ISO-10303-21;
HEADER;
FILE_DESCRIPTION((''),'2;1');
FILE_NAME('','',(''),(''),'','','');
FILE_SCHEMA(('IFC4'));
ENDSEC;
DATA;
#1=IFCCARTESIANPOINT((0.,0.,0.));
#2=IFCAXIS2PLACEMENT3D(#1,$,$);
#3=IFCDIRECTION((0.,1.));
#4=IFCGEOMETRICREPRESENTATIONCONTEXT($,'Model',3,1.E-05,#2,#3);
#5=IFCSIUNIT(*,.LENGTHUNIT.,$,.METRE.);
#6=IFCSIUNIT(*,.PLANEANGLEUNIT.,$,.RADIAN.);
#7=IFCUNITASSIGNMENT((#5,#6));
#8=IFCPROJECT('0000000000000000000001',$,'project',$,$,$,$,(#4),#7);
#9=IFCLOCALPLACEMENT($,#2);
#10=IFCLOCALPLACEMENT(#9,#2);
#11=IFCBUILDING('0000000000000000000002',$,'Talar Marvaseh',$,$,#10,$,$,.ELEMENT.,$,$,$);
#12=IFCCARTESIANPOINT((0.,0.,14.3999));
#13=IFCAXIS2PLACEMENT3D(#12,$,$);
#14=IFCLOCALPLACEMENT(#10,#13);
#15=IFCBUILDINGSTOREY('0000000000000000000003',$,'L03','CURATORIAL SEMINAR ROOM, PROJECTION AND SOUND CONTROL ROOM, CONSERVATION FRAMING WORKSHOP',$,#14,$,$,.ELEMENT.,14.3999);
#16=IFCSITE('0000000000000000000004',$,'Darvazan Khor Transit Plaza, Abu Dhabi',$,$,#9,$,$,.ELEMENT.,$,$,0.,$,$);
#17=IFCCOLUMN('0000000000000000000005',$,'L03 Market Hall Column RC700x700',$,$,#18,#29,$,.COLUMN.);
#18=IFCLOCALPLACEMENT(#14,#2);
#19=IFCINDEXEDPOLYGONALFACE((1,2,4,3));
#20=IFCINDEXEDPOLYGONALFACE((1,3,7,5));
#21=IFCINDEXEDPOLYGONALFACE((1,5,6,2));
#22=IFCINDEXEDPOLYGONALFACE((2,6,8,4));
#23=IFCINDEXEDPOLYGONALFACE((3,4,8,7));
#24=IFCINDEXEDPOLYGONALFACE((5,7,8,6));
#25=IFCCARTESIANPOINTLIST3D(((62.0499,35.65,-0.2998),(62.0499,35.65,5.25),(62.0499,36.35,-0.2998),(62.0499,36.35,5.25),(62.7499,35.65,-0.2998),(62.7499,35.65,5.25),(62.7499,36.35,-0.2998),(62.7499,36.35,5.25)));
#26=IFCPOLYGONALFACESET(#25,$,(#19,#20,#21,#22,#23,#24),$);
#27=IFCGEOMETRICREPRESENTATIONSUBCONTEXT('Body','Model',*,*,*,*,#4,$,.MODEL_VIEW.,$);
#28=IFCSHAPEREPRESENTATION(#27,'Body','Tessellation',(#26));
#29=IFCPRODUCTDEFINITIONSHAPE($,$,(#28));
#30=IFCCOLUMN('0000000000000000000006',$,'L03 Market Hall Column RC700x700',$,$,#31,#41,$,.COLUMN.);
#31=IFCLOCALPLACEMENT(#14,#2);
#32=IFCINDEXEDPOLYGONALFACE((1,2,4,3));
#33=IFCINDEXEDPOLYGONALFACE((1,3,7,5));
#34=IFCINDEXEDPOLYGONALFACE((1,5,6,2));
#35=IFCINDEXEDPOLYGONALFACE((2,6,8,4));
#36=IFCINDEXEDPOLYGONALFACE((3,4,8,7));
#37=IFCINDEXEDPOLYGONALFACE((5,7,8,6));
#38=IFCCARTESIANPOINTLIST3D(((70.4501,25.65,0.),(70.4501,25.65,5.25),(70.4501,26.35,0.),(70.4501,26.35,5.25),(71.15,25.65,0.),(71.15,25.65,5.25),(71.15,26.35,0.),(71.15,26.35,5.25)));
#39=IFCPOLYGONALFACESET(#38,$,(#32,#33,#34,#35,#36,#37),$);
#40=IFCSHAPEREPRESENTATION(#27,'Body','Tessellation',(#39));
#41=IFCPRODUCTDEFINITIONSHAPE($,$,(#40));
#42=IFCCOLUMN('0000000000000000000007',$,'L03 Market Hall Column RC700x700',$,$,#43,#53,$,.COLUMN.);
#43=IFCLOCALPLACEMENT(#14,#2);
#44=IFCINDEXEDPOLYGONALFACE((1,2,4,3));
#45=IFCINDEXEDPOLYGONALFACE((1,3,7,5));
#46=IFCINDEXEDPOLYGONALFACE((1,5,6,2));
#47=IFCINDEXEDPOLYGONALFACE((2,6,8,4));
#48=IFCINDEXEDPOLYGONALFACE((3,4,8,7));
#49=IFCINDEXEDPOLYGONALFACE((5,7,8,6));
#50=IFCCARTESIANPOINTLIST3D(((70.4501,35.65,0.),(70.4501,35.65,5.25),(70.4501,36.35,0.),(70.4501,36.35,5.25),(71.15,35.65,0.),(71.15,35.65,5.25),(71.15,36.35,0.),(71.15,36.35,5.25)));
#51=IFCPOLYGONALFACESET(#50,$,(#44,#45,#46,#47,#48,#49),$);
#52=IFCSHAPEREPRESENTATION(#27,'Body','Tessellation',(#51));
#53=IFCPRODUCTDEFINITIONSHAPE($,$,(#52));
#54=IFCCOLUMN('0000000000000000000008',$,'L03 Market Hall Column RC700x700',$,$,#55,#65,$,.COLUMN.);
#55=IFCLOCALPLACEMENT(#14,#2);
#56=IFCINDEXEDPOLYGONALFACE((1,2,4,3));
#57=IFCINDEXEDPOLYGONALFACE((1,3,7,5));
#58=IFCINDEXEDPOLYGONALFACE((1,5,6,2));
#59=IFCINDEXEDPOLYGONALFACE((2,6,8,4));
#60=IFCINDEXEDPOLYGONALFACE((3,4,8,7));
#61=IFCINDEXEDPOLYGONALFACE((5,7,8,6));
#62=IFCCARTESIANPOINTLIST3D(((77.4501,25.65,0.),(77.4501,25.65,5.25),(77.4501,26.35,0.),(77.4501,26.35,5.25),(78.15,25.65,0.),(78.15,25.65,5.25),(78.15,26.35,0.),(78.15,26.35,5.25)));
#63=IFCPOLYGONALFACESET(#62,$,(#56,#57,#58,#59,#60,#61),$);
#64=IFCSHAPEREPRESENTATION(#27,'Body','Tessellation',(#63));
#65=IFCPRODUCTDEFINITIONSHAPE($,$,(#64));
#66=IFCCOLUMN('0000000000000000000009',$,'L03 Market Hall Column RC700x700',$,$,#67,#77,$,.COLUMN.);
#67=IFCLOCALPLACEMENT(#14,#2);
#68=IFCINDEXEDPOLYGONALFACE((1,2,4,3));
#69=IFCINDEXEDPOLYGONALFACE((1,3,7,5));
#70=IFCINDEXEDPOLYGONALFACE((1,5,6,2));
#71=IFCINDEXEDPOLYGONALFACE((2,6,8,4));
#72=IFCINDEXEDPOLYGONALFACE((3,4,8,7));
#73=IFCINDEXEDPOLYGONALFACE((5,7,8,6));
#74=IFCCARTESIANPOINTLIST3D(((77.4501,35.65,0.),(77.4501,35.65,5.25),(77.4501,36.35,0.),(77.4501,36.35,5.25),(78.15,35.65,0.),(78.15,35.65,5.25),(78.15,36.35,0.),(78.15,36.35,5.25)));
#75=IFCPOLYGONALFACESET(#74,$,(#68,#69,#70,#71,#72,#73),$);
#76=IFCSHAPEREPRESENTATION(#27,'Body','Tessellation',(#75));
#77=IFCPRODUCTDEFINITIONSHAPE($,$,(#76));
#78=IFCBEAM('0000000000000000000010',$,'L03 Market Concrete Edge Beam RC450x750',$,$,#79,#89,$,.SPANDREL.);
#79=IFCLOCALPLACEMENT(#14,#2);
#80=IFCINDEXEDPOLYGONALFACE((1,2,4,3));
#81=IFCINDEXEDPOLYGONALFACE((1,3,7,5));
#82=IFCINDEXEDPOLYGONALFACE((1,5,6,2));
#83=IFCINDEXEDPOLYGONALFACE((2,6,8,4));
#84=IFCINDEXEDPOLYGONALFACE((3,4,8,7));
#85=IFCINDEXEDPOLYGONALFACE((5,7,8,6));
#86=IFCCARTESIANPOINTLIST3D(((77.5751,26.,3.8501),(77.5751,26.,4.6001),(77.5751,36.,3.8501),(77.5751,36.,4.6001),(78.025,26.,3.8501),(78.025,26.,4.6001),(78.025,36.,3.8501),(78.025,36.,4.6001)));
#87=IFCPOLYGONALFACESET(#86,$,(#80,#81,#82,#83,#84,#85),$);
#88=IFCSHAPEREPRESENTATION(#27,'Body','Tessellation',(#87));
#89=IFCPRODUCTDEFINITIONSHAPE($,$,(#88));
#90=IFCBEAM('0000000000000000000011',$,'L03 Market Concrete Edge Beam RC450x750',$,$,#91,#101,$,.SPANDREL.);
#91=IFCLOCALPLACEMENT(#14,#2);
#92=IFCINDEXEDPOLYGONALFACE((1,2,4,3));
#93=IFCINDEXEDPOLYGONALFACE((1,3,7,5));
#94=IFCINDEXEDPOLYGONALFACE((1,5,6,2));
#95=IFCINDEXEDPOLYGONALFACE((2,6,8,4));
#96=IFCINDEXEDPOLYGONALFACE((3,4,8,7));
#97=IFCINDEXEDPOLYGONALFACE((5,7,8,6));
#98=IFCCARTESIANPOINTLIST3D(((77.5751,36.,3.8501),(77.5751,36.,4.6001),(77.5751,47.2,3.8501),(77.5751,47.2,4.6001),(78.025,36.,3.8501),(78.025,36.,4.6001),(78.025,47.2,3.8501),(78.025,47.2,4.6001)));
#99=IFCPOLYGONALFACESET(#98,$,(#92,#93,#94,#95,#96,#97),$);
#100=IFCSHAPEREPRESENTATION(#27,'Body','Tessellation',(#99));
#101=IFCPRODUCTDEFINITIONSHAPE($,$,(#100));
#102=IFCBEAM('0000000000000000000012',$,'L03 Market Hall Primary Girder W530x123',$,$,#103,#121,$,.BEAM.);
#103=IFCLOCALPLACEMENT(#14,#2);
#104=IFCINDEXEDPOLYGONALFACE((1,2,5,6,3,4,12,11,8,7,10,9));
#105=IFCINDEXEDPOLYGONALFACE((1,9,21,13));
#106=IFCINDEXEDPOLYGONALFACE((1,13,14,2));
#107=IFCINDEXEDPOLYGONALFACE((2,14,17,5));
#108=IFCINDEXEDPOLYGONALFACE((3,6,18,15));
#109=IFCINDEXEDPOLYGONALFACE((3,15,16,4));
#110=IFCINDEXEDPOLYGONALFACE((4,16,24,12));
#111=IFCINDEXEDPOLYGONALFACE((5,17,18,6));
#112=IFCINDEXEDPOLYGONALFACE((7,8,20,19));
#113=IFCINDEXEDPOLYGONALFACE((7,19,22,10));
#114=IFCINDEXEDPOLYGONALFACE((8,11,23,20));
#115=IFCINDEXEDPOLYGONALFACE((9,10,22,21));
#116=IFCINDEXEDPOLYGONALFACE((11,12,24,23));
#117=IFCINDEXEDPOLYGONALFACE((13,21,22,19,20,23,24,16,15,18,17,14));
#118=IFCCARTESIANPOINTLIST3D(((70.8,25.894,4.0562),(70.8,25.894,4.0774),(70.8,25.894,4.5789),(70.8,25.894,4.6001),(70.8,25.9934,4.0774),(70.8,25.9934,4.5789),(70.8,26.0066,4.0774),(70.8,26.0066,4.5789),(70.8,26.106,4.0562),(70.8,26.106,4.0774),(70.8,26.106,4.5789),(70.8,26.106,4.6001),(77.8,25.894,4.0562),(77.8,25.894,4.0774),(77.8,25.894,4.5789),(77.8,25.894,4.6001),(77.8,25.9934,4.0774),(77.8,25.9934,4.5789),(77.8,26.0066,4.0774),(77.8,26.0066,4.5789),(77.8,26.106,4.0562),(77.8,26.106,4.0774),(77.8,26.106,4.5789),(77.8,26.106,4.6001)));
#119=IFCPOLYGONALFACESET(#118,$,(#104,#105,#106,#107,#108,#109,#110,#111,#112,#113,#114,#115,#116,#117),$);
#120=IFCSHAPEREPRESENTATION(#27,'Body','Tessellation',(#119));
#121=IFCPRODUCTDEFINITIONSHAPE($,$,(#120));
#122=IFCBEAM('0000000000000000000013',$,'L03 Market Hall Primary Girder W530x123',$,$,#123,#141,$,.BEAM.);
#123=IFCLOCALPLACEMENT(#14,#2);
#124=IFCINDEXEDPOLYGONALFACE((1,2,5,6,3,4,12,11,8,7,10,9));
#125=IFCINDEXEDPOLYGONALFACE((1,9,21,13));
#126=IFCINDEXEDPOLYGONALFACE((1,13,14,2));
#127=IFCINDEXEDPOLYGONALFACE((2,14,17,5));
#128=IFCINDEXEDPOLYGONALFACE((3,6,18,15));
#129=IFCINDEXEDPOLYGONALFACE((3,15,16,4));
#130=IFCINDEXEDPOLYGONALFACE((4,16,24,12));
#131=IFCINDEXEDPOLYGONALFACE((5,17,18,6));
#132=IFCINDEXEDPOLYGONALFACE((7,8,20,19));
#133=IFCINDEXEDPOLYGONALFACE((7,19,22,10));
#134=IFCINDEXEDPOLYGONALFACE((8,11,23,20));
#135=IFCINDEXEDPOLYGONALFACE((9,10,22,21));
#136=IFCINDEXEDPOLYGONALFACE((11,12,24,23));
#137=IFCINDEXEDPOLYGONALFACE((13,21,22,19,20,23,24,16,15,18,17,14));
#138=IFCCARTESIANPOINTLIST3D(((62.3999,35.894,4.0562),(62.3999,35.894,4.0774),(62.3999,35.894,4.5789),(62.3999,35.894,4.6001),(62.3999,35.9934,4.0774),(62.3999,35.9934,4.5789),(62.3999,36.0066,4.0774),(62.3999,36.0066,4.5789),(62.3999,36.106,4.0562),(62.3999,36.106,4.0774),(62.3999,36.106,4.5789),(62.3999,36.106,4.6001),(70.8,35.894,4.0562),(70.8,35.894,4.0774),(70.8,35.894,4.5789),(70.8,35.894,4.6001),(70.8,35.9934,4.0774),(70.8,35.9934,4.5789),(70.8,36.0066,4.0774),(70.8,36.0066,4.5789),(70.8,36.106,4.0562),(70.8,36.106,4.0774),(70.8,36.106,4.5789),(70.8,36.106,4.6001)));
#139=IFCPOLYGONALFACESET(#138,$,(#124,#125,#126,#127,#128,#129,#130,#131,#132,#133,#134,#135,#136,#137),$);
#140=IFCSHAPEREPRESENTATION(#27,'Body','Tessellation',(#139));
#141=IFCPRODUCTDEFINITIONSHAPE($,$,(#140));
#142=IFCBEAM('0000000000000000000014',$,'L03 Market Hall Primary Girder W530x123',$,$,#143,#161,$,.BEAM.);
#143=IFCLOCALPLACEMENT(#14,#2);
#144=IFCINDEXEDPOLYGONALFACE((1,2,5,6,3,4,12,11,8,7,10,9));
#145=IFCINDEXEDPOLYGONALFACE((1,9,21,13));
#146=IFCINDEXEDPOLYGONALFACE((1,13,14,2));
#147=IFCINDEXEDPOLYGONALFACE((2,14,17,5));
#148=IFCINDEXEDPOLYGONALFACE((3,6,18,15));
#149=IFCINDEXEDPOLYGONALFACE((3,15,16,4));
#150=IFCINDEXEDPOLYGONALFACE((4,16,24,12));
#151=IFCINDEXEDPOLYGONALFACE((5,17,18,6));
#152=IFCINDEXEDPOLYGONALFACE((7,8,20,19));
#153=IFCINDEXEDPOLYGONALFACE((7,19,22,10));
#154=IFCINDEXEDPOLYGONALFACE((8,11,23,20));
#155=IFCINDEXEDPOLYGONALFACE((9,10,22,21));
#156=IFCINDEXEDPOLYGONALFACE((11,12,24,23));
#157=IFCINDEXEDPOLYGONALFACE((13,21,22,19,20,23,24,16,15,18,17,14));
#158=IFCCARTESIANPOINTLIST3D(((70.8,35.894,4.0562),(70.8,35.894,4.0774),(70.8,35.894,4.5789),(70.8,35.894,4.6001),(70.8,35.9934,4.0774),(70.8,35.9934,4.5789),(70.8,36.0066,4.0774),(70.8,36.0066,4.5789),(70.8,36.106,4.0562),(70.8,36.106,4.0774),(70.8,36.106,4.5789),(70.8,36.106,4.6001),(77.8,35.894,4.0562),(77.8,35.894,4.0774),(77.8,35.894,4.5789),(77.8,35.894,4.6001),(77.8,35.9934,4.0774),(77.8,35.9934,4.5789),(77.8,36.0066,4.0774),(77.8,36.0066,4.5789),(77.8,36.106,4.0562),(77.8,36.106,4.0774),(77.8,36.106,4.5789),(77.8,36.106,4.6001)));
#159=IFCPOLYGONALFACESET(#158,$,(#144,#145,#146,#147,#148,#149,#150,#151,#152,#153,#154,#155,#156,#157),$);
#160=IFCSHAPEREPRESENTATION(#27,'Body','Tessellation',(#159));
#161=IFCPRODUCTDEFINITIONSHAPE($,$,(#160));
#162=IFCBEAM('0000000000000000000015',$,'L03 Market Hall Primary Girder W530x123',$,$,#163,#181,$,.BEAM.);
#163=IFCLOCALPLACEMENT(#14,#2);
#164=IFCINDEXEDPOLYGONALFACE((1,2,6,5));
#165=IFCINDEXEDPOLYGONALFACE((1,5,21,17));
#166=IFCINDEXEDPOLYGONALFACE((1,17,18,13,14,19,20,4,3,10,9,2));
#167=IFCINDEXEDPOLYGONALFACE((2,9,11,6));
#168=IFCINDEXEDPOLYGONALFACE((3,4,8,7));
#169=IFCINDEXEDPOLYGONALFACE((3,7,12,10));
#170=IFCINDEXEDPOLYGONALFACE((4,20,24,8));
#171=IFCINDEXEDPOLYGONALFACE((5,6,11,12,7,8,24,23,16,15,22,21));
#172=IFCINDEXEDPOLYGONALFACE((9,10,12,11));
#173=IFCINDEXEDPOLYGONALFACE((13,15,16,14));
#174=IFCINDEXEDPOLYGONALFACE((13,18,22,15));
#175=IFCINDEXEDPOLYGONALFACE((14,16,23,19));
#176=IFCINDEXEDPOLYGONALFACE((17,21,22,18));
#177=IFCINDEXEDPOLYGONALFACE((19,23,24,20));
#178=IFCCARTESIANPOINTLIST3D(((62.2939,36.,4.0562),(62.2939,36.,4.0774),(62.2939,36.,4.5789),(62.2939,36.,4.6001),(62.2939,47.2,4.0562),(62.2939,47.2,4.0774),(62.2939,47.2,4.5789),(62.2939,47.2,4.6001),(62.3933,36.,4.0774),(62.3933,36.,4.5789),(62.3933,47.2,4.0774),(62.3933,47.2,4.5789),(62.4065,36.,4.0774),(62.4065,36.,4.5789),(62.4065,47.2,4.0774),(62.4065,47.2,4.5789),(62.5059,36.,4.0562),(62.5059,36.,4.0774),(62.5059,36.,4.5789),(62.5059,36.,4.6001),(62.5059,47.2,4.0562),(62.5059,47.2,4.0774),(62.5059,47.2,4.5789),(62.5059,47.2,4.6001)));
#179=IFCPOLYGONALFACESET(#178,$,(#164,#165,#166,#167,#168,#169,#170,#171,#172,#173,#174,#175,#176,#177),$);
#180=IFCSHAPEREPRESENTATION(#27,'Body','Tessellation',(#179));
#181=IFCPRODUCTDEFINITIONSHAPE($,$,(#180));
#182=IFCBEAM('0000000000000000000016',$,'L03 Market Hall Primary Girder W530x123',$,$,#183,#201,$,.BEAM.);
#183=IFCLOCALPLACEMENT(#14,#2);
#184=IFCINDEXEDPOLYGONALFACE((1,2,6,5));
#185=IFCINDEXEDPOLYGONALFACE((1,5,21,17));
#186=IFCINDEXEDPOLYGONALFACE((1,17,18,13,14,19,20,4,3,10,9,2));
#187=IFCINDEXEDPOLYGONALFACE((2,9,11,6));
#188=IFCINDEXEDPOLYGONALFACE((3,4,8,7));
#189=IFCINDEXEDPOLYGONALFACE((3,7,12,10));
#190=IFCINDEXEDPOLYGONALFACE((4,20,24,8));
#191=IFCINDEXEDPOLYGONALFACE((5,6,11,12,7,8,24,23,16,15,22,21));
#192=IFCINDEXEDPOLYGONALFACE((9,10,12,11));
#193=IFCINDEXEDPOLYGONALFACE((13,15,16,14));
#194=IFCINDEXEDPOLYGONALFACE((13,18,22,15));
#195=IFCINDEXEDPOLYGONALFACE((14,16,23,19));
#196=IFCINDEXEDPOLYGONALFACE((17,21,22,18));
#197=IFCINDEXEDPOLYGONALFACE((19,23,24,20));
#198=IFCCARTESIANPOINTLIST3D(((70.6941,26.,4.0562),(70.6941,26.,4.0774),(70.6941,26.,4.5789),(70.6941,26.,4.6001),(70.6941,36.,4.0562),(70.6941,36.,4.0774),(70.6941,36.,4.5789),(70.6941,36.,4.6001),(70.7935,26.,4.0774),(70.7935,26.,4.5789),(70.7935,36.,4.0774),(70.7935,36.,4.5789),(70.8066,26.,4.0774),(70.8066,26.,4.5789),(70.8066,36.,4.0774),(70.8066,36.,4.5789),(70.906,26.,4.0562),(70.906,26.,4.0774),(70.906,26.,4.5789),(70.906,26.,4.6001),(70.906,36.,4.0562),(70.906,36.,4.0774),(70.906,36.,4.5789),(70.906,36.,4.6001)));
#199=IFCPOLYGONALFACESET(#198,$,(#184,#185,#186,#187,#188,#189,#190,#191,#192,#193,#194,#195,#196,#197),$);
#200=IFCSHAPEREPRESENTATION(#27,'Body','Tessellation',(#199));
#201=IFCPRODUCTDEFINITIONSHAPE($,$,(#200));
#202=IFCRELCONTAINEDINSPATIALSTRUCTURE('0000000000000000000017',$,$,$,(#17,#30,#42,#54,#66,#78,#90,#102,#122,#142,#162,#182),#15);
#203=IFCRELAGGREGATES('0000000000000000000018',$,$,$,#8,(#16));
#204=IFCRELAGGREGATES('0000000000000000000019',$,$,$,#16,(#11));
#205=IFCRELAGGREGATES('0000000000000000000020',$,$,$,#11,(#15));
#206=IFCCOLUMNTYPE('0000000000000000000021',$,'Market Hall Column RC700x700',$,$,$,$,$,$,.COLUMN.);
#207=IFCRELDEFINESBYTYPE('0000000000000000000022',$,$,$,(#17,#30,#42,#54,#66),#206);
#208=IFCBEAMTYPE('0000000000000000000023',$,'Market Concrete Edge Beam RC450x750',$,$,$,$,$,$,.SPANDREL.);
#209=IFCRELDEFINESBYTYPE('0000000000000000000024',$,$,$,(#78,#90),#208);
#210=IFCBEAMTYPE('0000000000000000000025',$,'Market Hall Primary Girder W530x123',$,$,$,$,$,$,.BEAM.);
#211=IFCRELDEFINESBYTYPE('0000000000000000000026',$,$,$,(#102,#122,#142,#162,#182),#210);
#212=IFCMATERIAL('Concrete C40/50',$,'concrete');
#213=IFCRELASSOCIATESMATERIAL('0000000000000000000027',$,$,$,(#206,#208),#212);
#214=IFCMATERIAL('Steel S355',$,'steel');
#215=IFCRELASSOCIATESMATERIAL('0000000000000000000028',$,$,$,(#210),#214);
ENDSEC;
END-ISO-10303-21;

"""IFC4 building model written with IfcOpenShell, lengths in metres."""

from ifc_helpers import new_model, si_unit, direction, frame, origin, origin_2d, place, context, subcontext, project, spatial, rectangle, i_section, extrude, material, material_profile, profile_set, type_object, element, save


model = new_model("IFC4")

# Units and contexts
model_context = context("Model", 3, precision=1e-05, world=origin(), true_north=direction((0.0, 1.0)))
body_context = subcontext(model_context, "Body", "Model", "MODEL_VIEW")
ifc_project = project(units=[si_unit("LENGTHUNIT", "METRE"), si_unit("PLANEANGLEUNIT", "RADIAN")], contexts=[model_context])

# Site, building, storey
site_placement = place(None, origin())
site = spatial("IfcSite", under=ifc_project, at=site_placement, Name="Darvazan Khor Transit Plaza, Abu Dhabi", CompositionType="ELEMENT", RefElevation=0.0)
building_placement = place(site_placement, origin())
building = spatial("IfcBuilding", under=site, at=building_placement, Name="Talar Marvaseh", CompositionType="ELEMENT")
storey_placement = place(building_placement, frame((0.0, 0.0, 14.3999)))
storey = spatial("IfcBuildingStorey", under=building, at=storey_placement, Name="L03", Description="CURATORIAL SEMINAR ROOM, PROJECTION AND SOUND CONTROL ROOM, CONSERVATION FRAMING WORKSHOP", CompositionType="ELEMENT", Elevation=14.3999)

# Columns
ifc_material_1 = material(Name="Concrete C40/50", Category="concrete")
ifc_material_profile_1 = material_profile(ifc_material_1, rectangle(XDim=0.7, YDim=0.7, at=origin_2d()), Name="RC700x700")
ifc_profile_set_1 = profile_set([ifc_material_profile_1], Name="Concrete C40/50")
column_type = type_object("IfcColumnType", Name="Market Hall Column RC700x700", PredefinedType="COLUMN", material=ifc_profile_set_1)
column_placement = place(storey_placement, frame((62.3999, 36.0, -0.2998), z_axis=(0.0, 0.0, 1.0), x_axis=(1.0, 0.0, 0.0)))
element("IfcColumn", 1, at=column_placement, inside=storey, type_object=column_type, Name="L03 Market Hall Column RC700x700", PredefinedType="COLUMN", context=body_context, shape_type="SweptSolid", body=[
    extrude(rectangle(XDim=0.7, YDim=0.7, at=origin_2d()), origin(), (0.0, 0.0, 1.0), 5.5498),
])
for number, where, z_axis, x_axis, name in (
    (2, (70.8, 26.0, 0.0), (0.0, 0.0, 1.0), (1.0, 0.0, 0.0), "L03 Market Hall Column RC700x700"),
    (3, (70.8, 36.0, 0.0), (0.0, 0.0, 1.0), (1.0, 0.0, 0.0), "L03 Market Hall Column RC700x700"),
    (4, (77.8, 26.0, 0.0), (0.0, 0.0, 1.0), (1.0, 0.0, 0.0), "L03 Market Hall Column RC700x700"),
    (5, (77.8, 36.0, 0.0), (0.0, 0.0, 1.0), (1.0, 0.0, 0.0), "L03 Market Hall Column RC700x700"),
):
    element("IfcColumn", number, at=place(storey_placement, frame(where, z_axis=z_axis, x_axis=x_axis)), inside=storey, type_object=column_type, Name=name, PredefinedType="COLUMN", context=body_context, shape_type="SweptSolid", body=[
        extrude(rectangle(XDim=0.7, YDim=0.7, at=origin_2d()), origin(), (0.0, 0.0, 1.0), 5.25),
    ])

# Beams
ifc_material_profile_2 = material_profile(ifc_material_1, rectangle(XDim=0.45, YDim=0.75, at=origin_2d()), Name="RC450x750")
ifc_profile_set_2 = profile_set([ifc_material_profile_2], Name="Concrete C40/50")
beam_type_1 = type_object("IfcBeamType", Name="Market Concrete Edge Beam RC450x750", PredefinedType="SPANDREL", material=ifc_profile_set_2)
beam_1_placement = place(storey_placement, frame((77.8, 26.0, 4.2251), z_axis=(0.0, 1.0, 0.0), x_axis=(-1.0, 0.0, 0.0)))
element("IfcBeam", 6, at=beam_1_placement, inside=storey, type_object=beam_type_1, Name="L03 Market Concrete Edge Beam RC450x750", PredefinedType="SPANDREL", context=body_context, shape_type="SweptSolid", body=[
    extrude(rectangle(XDim=0.45, YDim=0.75, at=origin_2d()), origin(), (0.0, 0.0, 1.0), 10.0),
])
beam_2_placement = place(storey_placement, frame((77.8, 36.0, 4.2251), z_axis=(0.0, 1.0, 0.0), x_axis=(-1.0, 0.0, 0.0)))
element("IfcBeam", 7, at=beam_2_placement, inside=storey, type_object=beam_type_1, Name="L03 Market Concrete Edge Beam RC450x750", PredefinedType="SPANDREL", context=body_context, shape_type="SweptSolid", body=[
    extrude(rectangle(XDim=0.45, YDim=0.75, at=origin_2d()), origin(), (0.0, 0.0, 1.0), 11.2),
])
ifc_material_2 = material(Name="Steel S355", Category="steel")
ifc_material_profile_3 = material_profile(ifc_material_2, i_section(OverallWidth=0.2119, OverallDepth=0.5439, WebThickness=0.0132, FlangeThickness=0.0212, at=origin_2d()), Name="W530x123")
ifc_profile_set_3 = profile_set([ifc_material_profile_3], Name="Steel S355")
beam_type_2 = type_object("IfcBeamType", Name="Market Hall Primary Girder W530x123", PredefinedType="BEAM", material=ifc_profile_set_3)
beam_3_placement = place(storey_placement, frame((70.8, 26.0, 4.3281), z_axis=(1.0, 0.0, 0.0), x_axis=(0.0, 1.0, 0.0)))
element("IfcBeam", 8, at=beam_3_placement, inside=storey, type_object=beam_type_2, Name="L03 Market Hall Primary Girder W530x123", PredefinedType="BEAM", context=body_context, shape_type="SweptSolid", body=[
    extrude(i_section(OverallWidth=0.2119, OverallDepth=0.5439, WebThickness=0.0132, FlangeThickness=0.0212, at=origin_2d()), origin(), (0.0, 0.0, 1.0), 7.0),
])
beam_4_placement = place(storey_placement, frame((62.3999, 36.0, 4.3281), z_axis=(1.0, 0.0, 0.0), x_axis=(0.0, 1.0, 0.0)))
element("IfcBeam", 9, at=beam_4_placement, inside=storey, type_object=beam_type_2, Name="L03 Market Hall Primary Girder W530x123", PredefinedType="BEAM", context=body_context, shape_type="SweptSolid", body=[
    extrude(i_section(OverallWidth=0.2119, OverallDepth=0.5439, WebThickness=0.0132, FlangeThickness=0.0212, at=origin_2d()), origin(), (0.0, 0.0, 1.0), 8.4001),
])
beam_5_placement = place(storey_placement, frame((70.8, 36.0, 4.3281), z_axis=(1.0, 0.0, 0.0), x_axis=(0.0, 1.0, 0.0)))
element("IfcBeam", 10, at=beam_5_placement, inside=storey, type_object=beam_type_2, Name="L03 Market Hall Primary Girder W530x123", PredefinedType="BEAM", context=body_context, shape_type="SweptSolid", body=[
    extrude(i_section(OverallWidth=0.2119, OverallDepth=0.5439, WebThickness=0.0132, FlangeThickness=0.0212, at=origin_2d()), origin(), (0.0, 0.0, 1.0), 7.0),
])
beam_6_placement = place(storey_placement, frame((62.3999, 36.0, 4.3281), z_axis=(0.0, 1.0, 0.0), x_axis=(-1.0, 0.0, 0.0)))
element("IfcBeam", 11, at=beam_6_placement, inside=storey, type_object=beam_type_2, Name="L03 Market Hall Primary Girder W530x123", PredefinedType="BEAM", context=body_context, shape_type="SweptSolid", body=[
    extrude(i_section(OverallWidth=0.2119, OverallDepth=0.5439, WebThickness=0.0132, FlangeThickness=0.0212, at=origin_2d()), origin(), (0.0, 0.0, 1.0), 11.2),
])
beam_7_placement = place(storey_placement, frame((70.8, 26.0, 4.3281), z_axis=(0.0, 1.0, 0.0), x_axis=(-1.0, 0.0, 0.0)))
element("IfcBeam", 12, at=beam_7_placement, inside=storey, type_object=beam_type_2, Name="L03 Market Hall Primary Girder W530x123", PredefinedType="BEAM", context=body_context, shape_type="SweptSolid", body=[
    extrude(i_section(OverallWidth=0.2119, OverallDepth=0.5439, WebThickness=0.0132, FlangeThickness=0.0212, at=origin_2d()), origin(), (0.0, 0.0, 1.0), 10.0),
])

save(model, "model.ifc")
